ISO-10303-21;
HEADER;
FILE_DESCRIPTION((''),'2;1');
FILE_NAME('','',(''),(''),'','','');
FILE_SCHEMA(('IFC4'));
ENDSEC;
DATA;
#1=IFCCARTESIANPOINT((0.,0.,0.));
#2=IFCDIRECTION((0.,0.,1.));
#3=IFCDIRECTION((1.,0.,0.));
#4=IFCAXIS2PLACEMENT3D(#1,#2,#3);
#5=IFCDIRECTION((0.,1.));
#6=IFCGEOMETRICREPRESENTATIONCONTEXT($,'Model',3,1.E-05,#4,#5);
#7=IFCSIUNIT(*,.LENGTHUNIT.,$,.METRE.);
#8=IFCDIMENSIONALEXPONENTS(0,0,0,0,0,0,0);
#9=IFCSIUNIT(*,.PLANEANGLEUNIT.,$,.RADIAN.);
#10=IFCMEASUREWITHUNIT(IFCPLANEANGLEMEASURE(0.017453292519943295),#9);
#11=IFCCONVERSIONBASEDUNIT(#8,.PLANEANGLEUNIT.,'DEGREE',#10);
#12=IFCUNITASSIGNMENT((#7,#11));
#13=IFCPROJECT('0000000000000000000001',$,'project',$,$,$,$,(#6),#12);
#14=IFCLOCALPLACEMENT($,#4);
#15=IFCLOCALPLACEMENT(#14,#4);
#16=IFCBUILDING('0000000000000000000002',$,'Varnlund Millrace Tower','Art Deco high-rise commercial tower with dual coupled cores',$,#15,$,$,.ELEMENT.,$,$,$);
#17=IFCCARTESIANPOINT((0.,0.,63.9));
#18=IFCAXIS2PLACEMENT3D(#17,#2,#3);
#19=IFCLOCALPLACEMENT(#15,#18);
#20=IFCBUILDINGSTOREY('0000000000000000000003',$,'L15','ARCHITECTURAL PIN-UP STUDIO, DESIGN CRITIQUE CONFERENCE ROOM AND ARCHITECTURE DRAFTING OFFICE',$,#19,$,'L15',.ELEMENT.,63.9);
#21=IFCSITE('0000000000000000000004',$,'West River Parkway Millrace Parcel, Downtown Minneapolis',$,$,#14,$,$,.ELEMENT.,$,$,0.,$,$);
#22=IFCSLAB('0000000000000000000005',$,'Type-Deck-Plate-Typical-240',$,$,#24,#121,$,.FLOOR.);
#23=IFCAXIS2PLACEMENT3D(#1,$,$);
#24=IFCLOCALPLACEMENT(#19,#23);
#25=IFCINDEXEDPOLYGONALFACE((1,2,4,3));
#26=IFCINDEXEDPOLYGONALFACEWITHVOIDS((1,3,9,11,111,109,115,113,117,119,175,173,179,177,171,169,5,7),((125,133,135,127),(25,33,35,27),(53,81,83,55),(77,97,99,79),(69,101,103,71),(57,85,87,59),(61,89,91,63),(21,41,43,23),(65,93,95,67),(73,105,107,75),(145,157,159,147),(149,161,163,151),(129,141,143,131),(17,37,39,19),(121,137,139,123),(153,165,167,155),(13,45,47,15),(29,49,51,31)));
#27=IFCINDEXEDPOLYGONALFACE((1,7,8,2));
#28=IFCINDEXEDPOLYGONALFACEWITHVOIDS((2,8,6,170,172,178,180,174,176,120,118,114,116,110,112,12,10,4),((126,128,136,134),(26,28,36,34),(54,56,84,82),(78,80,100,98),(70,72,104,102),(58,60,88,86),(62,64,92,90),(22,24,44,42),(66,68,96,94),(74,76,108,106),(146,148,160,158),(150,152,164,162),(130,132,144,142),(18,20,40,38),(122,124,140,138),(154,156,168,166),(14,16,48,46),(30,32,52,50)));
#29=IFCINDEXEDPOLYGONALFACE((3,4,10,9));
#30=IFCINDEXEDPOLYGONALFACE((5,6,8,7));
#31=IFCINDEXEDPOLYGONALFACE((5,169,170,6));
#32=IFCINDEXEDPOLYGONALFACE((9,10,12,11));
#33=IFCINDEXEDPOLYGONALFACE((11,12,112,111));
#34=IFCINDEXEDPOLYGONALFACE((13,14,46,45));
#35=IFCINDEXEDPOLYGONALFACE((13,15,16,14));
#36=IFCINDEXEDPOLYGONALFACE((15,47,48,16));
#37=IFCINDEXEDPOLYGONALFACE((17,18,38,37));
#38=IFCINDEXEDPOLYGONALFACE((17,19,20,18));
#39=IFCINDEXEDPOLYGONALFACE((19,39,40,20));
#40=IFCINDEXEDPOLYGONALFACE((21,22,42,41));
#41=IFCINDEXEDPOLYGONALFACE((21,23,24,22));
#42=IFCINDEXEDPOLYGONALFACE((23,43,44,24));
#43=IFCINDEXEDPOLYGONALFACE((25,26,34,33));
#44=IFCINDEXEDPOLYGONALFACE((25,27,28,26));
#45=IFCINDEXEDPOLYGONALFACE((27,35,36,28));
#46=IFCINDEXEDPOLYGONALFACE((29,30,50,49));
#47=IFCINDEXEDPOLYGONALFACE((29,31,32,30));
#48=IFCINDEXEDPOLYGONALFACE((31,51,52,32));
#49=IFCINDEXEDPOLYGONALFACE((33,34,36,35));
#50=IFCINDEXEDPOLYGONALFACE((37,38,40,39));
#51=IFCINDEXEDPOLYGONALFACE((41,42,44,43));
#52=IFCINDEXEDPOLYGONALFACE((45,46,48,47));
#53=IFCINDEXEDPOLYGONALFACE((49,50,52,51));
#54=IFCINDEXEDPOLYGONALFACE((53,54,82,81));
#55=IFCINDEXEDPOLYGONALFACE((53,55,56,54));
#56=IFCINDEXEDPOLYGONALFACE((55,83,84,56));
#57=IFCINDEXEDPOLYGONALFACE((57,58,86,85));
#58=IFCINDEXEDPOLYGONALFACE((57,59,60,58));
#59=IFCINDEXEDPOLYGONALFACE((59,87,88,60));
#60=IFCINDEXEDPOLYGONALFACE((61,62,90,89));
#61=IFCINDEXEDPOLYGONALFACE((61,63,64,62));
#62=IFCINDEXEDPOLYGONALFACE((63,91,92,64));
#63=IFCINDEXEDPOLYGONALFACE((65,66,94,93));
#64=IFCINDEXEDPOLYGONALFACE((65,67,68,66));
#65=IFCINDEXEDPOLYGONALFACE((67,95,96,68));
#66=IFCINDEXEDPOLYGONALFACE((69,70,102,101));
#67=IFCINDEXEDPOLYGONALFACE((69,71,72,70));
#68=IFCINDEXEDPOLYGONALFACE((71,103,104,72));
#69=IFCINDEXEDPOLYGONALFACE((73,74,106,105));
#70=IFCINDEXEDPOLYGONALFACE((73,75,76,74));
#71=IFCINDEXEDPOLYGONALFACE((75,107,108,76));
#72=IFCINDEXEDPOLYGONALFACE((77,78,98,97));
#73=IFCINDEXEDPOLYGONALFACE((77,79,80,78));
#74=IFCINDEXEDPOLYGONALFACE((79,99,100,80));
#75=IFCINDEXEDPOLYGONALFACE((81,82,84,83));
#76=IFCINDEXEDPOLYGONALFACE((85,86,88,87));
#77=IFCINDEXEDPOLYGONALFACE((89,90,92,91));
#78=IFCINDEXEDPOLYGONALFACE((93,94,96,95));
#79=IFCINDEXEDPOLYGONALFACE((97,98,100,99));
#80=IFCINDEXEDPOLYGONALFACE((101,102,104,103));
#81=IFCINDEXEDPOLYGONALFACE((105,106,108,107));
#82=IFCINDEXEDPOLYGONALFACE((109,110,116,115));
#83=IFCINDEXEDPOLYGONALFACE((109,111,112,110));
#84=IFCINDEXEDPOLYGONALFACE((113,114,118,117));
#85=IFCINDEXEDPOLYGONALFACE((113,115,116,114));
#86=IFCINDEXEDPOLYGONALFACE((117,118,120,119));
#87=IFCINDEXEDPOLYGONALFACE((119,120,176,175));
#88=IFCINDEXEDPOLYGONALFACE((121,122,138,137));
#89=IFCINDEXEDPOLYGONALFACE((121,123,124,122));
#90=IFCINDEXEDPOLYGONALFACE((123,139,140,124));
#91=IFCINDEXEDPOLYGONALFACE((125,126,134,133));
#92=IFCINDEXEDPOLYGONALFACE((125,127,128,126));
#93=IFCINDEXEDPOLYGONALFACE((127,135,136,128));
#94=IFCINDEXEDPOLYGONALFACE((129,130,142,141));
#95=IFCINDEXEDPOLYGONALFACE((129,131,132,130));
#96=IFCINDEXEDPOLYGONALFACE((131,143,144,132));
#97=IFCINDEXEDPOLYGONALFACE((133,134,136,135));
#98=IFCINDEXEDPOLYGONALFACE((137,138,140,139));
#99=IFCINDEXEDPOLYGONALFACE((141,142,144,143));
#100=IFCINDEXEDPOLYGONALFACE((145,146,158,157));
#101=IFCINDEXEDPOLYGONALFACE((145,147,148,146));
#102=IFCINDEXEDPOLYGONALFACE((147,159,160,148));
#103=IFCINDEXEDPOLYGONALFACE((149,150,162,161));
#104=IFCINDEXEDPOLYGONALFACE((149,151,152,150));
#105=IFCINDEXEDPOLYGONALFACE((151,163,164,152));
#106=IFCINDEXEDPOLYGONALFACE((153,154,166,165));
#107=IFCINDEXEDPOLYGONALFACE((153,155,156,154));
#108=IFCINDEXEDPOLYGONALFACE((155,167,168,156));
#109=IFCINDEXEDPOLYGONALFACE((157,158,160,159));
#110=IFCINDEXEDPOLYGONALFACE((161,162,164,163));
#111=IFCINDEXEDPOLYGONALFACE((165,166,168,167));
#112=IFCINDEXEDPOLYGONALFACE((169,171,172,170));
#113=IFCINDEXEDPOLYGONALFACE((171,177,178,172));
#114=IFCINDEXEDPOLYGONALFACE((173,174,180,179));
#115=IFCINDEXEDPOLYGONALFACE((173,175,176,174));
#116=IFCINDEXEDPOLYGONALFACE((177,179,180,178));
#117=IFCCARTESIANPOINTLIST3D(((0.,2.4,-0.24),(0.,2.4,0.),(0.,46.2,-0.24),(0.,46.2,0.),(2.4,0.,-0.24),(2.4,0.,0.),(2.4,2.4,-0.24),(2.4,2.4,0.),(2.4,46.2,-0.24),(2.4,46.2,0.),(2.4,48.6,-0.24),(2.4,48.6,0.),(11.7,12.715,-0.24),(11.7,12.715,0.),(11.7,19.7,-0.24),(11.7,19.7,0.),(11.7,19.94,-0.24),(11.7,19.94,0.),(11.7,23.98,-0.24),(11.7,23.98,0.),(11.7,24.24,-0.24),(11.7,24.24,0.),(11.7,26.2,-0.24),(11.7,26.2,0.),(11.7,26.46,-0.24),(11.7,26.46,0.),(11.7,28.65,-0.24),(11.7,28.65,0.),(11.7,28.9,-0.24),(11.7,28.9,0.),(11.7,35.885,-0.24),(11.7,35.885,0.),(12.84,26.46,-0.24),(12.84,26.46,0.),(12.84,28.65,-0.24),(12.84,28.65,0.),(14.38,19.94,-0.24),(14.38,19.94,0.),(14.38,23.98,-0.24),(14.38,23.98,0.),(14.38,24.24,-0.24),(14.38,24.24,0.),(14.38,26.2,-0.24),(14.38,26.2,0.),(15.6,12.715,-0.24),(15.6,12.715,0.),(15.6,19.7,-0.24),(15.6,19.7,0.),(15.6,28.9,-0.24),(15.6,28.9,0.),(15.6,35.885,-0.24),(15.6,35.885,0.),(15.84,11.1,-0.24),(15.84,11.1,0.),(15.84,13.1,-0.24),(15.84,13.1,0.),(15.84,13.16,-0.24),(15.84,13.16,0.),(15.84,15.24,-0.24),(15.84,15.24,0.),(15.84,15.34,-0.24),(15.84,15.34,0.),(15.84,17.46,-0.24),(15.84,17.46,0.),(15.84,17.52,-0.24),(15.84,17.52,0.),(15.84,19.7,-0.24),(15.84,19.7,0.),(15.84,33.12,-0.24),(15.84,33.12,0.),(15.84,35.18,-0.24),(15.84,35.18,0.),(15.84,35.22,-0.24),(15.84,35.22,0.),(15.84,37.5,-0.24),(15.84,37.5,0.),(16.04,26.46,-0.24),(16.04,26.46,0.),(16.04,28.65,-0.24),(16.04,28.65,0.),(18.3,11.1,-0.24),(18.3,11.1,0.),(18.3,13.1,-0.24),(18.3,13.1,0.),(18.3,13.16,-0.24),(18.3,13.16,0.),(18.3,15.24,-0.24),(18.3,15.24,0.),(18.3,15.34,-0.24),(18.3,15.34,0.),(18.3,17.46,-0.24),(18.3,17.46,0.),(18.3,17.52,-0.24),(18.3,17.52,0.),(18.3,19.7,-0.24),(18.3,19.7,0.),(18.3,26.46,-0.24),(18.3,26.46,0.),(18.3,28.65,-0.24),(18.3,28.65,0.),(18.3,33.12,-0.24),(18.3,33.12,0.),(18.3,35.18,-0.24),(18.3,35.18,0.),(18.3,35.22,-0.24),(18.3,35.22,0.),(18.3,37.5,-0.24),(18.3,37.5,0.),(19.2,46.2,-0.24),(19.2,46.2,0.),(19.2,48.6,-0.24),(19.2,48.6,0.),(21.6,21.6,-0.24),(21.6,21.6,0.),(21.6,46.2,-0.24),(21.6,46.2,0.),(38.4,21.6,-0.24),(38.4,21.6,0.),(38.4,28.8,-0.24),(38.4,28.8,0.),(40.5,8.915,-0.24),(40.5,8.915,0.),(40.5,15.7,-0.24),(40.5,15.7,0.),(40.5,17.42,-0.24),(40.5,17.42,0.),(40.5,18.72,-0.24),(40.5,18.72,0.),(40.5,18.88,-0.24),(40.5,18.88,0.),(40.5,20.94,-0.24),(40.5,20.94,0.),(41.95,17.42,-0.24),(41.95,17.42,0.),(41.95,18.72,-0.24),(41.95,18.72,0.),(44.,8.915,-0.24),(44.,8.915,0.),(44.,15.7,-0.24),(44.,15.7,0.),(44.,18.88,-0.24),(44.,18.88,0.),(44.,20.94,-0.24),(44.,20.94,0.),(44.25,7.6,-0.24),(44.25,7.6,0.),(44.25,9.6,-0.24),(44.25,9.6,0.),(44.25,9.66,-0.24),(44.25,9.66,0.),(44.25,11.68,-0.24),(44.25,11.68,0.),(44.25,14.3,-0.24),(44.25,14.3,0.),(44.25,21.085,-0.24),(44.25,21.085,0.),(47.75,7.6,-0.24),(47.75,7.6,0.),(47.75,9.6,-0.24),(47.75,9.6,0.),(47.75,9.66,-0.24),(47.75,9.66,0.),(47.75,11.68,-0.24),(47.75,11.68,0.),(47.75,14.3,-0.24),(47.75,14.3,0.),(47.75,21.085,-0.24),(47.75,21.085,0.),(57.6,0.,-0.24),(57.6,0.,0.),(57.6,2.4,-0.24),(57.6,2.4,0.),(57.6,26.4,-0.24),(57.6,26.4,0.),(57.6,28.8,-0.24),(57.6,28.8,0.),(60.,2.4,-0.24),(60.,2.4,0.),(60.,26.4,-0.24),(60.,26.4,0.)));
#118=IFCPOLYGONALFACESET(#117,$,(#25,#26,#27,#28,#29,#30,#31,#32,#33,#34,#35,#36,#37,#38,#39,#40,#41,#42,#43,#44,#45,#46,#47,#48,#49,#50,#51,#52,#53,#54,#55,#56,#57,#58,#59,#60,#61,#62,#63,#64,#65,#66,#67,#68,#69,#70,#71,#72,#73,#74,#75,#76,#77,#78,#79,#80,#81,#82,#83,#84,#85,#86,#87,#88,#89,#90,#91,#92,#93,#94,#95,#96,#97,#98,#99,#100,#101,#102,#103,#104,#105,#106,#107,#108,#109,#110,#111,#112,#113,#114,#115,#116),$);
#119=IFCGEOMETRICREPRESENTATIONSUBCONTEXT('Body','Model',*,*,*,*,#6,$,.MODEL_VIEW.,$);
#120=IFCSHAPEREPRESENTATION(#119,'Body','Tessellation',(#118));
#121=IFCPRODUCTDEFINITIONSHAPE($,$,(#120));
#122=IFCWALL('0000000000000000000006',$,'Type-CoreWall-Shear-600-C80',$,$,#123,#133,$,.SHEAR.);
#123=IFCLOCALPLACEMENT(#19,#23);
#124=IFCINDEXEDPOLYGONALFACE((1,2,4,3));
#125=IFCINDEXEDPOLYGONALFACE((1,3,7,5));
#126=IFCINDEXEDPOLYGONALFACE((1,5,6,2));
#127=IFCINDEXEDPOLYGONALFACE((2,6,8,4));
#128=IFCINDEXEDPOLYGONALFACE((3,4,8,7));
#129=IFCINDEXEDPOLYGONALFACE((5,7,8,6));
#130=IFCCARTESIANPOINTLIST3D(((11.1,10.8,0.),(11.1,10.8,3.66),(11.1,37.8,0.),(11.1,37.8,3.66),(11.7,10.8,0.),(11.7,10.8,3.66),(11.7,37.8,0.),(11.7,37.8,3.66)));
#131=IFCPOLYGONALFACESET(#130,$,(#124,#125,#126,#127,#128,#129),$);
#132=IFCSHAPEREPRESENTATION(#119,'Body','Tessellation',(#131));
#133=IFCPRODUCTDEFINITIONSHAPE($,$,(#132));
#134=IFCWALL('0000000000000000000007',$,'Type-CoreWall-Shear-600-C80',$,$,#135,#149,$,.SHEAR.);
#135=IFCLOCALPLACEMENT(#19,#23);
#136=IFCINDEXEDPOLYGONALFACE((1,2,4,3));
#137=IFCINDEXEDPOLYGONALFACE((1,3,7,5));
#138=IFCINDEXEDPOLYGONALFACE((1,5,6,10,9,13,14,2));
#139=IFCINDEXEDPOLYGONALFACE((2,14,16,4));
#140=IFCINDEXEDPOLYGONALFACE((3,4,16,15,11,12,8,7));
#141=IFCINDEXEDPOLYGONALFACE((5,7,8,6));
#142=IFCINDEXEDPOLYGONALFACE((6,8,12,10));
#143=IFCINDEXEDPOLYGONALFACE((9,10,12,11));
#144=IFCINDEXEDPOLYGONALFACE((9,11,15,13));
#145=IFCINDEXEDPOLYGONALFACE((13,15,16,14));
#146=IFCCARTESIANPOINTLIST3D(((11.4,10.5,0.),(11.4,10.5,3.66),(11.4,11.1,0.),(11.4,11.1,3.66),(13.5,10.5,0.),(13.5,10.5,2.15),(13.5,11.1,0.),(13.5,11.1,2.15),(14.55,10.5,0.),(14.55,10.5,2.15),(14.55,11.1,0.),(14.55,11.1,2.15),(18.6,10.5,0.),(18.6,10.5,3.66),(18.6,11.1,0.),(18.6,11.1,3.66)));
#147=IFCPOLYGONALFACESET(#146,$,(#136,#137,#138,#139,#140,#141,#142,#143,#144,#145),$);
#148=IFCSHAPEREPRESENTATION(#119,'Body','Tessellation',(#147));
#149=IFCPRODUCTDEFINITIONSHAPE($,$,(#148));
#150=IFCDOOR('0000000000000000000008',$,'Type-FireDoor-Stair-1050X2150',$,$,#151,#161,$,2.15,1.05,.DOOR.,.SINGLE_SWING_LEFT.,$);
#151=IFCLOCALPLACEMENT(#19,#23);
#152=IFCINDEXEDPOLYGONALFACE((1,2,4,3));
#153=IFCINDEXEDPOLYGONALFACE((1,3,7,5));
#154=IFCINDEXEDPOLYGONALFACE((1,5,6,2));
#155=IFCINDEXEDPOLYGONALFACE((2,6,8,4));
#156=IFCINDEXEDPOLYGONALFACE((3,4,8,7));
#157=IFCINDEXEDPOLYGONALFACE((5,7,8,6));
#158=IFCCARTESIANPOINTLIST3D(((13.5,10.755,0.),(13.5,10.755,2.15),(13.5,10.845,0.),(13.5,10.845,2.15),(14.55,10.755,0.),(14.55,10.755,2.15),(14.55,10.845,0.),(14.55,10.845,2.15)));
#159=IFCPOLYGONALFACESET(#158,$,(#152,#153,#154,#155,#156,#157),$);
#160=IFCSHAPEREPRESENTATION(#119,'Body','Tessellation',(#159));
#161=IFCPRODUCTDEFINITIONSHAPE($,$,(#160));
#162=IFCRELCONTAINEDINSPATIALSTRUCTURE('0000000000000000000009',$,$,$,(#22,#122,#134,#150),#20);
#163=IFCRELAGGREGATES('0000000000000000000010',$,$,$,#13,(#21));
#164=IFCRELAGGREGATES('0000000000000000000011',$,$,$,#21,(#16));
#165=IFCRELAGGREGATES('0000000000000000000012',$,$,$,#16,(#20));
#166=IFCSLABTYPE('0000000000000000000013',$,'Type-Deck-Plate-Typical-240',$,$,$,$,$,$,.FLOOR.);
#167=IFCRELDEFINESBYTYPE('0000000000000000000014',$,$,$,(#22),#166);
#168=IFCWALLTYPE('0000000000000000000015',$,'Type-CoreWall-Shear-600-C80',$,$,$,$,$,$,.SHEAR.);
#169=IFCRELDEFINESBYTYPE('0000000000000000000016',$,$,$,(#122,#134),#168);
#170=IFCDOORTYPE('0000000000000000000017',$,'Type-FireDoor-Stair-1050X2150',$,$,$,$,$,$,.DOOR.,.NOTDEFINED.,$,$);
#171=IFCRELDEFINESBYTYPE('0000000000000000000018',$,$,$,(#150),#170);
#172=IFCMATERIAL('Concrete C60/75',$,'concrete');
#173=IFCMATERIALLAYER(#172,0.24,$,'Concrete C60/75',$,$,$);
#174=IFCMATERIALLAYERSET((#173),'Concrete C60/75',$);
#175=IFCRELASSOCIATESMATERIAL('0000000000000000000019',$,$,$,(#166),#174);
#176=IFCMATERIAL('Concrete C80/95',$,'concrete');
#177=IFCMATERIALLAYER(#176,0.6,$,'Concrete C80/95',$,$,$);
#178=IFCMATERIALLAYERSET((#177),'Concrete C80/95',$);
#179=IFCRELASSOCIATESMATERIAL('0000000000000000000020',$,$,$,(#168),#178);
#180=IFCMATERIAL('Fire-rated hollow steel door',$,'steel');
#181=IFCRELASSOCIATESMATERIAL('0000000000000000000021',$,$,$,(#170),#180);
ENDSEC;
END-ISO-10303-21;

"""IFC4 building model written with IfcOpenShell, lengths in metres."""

from ifc_helpers import new_model, entity, si_unit, converted_unit, direction, frame, origin_with_axes, origin_2d_with_axis, place, context, subcontext, project, spatial, polyline, rectangle, outline, extrude, material, layer, layer_set, type_object, element, fill, save


model = new_model("IFC4")

# Units and contexts
model_context = context("Model", 3, precision=1e-05, world=origin_with_axes(), true_north=direction((0.0, 1.0)))
body_context = subcontext(model_context, "Body", "Model", "MODEL_VIEW")
ifc_project = project(units=[si_unit("LENGTHUNIT", "METRE"), converted_unit("PLANEANGLEUNIT", "DEGREE", entity("IfcPlaneAngleMeasure", 0.017453292519943295), si_unit("PLANEANGLEUNIT", "RADIAN"), dimensions=[0, 0, 0, 0, 0, 0, 0])], contexts=[model_context])

# Site, building, storey
site_placement = place(None, origin_with_axes())
site = spatial("IfcSite", under=ifc_project, at=site_placement, Name="West River Parkway Millrace Parcel, Downtown Minneapolis", CompositionType="ELEMENT", RefElevation=0.0)
building_placement = place(site_placement, origin_with_axes())
building = spatial("IfcBuilding", under=site, at=building_placement, Name="Varnlund Millrace Tower", Description="Art Deco high-rise commercial tower with dual coupled cores", CompositionType="ELEMENT")
storey_placement = place(building_placement, frame((0.0, 0.0, 63.9), z_axis=(0.0, 0.0, 1.0), x_axis=(1.0, 0.0, 0.0)))
storey = spatial("IfcBuildingStorey", under=building, at=storey_placement, Name="L15", Description="ARCHITECTURAL PIN-UP STUDIO, DESIGN CRITIQUE CONFERENCE ROOM AND ARCHITECTURE DRAFTING OFFICE", LongName="L15", CompositionType="ELEMENT", Elevation=63.9)

# Slab
ifc_material_1 = material(Name="Concrete C60/75", Category="concrete")
ifc_layer_1 = layer(ifc_material_1, 0.24, Name="Concrete C60/75")
ifc_layer_set_1 = layer_set([ifc_layer_1], Name="Concrete C60/75")
slab_type = type_object("IfcSlabType", Name="Type-Deck-Plate-Typical-240", PredefinedType="FLOOR", material=ifc_layer_set_1)
slab_placement = place(storey_placement, frame((0.0, 0.0, -0.24), z_axis=(0.0, 0.0, 1.0), x_axis=(1.0, 0.0, 0.0)))
element("IfcSlab", 1, at=slab_placement, inside=storey, type_object=slab_type, Name="Type-Deck-Plate-Typical-240", PredefinedType="FLOOR", context=body_context, shape_type="SweptSolid", body=[
    extrude(outline(polyline([(21.6, 21.6), (21.6, 46.2), (19.2, 46.2), (19.2, 48.6), (2.4, 48.6), (2.4, 46.2), (0.0, 46.2), (0.0, 2.4), (2.4, 2.4), (2.4, 0.0), (57.6, 0.0), (57.6, 2.4), (60.0, 2.4), (60.0, 26.4), (57.6, 26.4), (57.6, 28.8), (38.4, 28.8), (38.4, 21.6), (21.6, 21.6)]), holes=[polyline([(18.3, 11.1), (15.84, 11.1), (15.84, 13.1), (18.3, 13.1), (18.3, 11.1)]), polyline([(18.3, 13.16), (15.84, 13.16), (15.84, 15.24), (18.3, 15.24), (18.3, 13.16)]), polyline([(15.6, 12.715), (11.7, 12.715), (11.7, 19.7), (15.6, 19.7), (15.6, 12.715)]), polyline([(18.3, 15.34), (15.84, 15.34), (15.84, 17.46), (18.3, 17.46), (18.3, 15.34)]), polyline([(18.3, 17.52), (15.84, 17.52), (15.84, 19.7), (18.3, 19.7), (18.3, 17.52)]), polyline([(14.38, 23.98), (14.38, 19.94), (11.7, 19.94), (11.7, 23.98), (14.38, 23.98)]), polyline([(11.7, 24.24), (11.7, 26.2), (14.38, 26.2), (14.38, 24.24), (11.7, 24.24)]), polyline([(11.7, 26.46), (11.7, 28.65), (12.84, 28.65), (12.84, 26.46), (11.7, 26.46)]), polyline([(15.6, 28.9), (11.7, 28.9), (11.7, 35.885), (15.6, 35.885), (15.6, 28.9)]), polyline([(47.75, 7.6), (44.25, 7.6), (44.25, 9.6), (47.75, 9.6), (47.75, 7.6)]), polyline([(47.75, 9.66), (44.25, 9.66), (44.25, 11.68), (47.75, 11.68), (47.75, 9.66)]), polyline([(40.5, 8.915), (40.5, 15.7), (44.0, 15.7), (44.0, 8.915), (40.5, 8.915)]), polyline([(44.25, 14.3), (44.25, 21.085), (47.75, 21.085), (47.75, 14.3), (44.25, 14.3)]), polyline([(41.95, 17.42), (40.5, 17.42), (40.5, 18.72), (41.95, 18.72), (41.95, 17.42)]), polyline([(44.0, 18.88), (40.5, 18.88), (40.5, 20.94), (44.0, 20.94), (44.0, 18.88)]), polyline([(18.3, 26.46), (16.04, 26.46), (16.04, 28.65), (18.3, 28.65), (18.3, 26.46)]), polyline([(15.84, 33.12), (15.84, 35.18), (18.3, 35.18), (18.3, 33.12), (15.84, 33.12)]), polyline([(15.84, 35.22), (15.84, 37.5), (18.3, 37.5), (18.3, 35.22), (15.84, 35.22)])]), origin_with_axes(), (0.0, 0.0, 1.0), 0.24),
])

# Wall
ifc_material_2 = material(Name="Concrete C80/95", Category="concrete")
ifc_layer_2 = layer(ifc_material_2, 0.6, Name="Concrete C80/95")
ifc_layer_set_2 = layer_set([ifc_layer_2], Name="Concrete C80/95")
wall_type_1 = type_object("IfcWallType", Name="Type-CoreWall-Shear-600-C80", PredefinedType="SHEAR", material=ifc_layer_set_2)
wall_1_placement = place(storey_placement, frame((11.4, 10.8, 0.0), z_axis=(0.0, 0.0, 1.0), x_axis=(0.0, 1.0, 0.0)))
element("IfcWall", 2, at=wall_1_placement, inside=storey, type_object=wall_type_1, Name="Type-CoreWall-Shear-600-C80", PredefinedType="SHEAR", context=body_context, shape_type="SweptSolid", body=[
    extrude(outline(polyline([(0.0, -0.3), (27.0, -0.3), (27.0, 0.3), (0.0, 0.3), (0.0, -0.3)])), origin_with_axes(), (0.0, 0.0, 1.0), 3.66),
])

# Wall, opening, door
wall_2_placement = place(storey_placement, frame((11.4, 10.8, 0.0), z_axis=(0.0, 0.0, 1.0), x_axis=(1.0, 0.0, 0.0)))
wall_2 = element("IfcWall", 3, at=wall_2_placement, inside=storey, type_object=wall_type_1, Name="Type-CoreWall-Shear-600-C80", PredefinedType="SHEAR", context=body_context, shape_type="SweptSolid", body=[
    extrude(outline(polyline([(0.0, -0.3), (7.2, -0.3), (7.2, 0.3), (0.0, 0.3), (0.0, -0.3)])), origin_with_axes(), (0.0, 0.0, 1.0), 3.66),
])
opening_1_placement = place(wall_2_placement, frame((2.625, 0.0, 0.0), z_axis=(0.0, 0.0, 1.0), x_axis=(1.0, 0.0, 0.0)))
opening_1 = element("IfcOpeningElement", 4, at=opening_1_placement, cuts=wall_2, PredefinedType="OPENING", context=body_context, shape_type="SweptSolid", body=[
    extrude(rectangle(XDim=1.05, YDim=0.62, at=origin_2d_with_axis()), origin_with_axes(), (0.0, 0.0, 1.0), 2.15),
])
ifc_material_3 = material(Name="Fire-rated hollow steel door", Category="steel")
door_type_1 = type_object("IfcDoorType", Name="Type-FireDoor-Stair-1050X2150", OperationType="NOTDEFINED", PredefinedType="DOOR", material=ifc_material_3)
door_1_placement = place(wall_2_placement, frame((2.625, 0.0, 0.0), z_axis=(0.0, 0.0, 1.0), x_axis=(1.0, 0.0, 0.0)))
door_1 = element("IfcDoor", 5, at=door_1_placement, inside=storey, type_object=door_type_1, Name="Type-FireDoor-Stair-1050X2150", OperationType="SINGLE_SWING_LEFT", OverallHeight=2.15, OverallWidth=1.05, PredefinedType="DOOR", context=body_context, shape_type="SweptSolid", body=[
    extrude(rectangle(XDim=1.05, YDim=0.09, at=origin_2d_with_axis()), origin_with_axes(), (0.0, 0.0, 1.0), 2.15),
])
fill(opening_1, door_1)

save(model, "model.ifc")
